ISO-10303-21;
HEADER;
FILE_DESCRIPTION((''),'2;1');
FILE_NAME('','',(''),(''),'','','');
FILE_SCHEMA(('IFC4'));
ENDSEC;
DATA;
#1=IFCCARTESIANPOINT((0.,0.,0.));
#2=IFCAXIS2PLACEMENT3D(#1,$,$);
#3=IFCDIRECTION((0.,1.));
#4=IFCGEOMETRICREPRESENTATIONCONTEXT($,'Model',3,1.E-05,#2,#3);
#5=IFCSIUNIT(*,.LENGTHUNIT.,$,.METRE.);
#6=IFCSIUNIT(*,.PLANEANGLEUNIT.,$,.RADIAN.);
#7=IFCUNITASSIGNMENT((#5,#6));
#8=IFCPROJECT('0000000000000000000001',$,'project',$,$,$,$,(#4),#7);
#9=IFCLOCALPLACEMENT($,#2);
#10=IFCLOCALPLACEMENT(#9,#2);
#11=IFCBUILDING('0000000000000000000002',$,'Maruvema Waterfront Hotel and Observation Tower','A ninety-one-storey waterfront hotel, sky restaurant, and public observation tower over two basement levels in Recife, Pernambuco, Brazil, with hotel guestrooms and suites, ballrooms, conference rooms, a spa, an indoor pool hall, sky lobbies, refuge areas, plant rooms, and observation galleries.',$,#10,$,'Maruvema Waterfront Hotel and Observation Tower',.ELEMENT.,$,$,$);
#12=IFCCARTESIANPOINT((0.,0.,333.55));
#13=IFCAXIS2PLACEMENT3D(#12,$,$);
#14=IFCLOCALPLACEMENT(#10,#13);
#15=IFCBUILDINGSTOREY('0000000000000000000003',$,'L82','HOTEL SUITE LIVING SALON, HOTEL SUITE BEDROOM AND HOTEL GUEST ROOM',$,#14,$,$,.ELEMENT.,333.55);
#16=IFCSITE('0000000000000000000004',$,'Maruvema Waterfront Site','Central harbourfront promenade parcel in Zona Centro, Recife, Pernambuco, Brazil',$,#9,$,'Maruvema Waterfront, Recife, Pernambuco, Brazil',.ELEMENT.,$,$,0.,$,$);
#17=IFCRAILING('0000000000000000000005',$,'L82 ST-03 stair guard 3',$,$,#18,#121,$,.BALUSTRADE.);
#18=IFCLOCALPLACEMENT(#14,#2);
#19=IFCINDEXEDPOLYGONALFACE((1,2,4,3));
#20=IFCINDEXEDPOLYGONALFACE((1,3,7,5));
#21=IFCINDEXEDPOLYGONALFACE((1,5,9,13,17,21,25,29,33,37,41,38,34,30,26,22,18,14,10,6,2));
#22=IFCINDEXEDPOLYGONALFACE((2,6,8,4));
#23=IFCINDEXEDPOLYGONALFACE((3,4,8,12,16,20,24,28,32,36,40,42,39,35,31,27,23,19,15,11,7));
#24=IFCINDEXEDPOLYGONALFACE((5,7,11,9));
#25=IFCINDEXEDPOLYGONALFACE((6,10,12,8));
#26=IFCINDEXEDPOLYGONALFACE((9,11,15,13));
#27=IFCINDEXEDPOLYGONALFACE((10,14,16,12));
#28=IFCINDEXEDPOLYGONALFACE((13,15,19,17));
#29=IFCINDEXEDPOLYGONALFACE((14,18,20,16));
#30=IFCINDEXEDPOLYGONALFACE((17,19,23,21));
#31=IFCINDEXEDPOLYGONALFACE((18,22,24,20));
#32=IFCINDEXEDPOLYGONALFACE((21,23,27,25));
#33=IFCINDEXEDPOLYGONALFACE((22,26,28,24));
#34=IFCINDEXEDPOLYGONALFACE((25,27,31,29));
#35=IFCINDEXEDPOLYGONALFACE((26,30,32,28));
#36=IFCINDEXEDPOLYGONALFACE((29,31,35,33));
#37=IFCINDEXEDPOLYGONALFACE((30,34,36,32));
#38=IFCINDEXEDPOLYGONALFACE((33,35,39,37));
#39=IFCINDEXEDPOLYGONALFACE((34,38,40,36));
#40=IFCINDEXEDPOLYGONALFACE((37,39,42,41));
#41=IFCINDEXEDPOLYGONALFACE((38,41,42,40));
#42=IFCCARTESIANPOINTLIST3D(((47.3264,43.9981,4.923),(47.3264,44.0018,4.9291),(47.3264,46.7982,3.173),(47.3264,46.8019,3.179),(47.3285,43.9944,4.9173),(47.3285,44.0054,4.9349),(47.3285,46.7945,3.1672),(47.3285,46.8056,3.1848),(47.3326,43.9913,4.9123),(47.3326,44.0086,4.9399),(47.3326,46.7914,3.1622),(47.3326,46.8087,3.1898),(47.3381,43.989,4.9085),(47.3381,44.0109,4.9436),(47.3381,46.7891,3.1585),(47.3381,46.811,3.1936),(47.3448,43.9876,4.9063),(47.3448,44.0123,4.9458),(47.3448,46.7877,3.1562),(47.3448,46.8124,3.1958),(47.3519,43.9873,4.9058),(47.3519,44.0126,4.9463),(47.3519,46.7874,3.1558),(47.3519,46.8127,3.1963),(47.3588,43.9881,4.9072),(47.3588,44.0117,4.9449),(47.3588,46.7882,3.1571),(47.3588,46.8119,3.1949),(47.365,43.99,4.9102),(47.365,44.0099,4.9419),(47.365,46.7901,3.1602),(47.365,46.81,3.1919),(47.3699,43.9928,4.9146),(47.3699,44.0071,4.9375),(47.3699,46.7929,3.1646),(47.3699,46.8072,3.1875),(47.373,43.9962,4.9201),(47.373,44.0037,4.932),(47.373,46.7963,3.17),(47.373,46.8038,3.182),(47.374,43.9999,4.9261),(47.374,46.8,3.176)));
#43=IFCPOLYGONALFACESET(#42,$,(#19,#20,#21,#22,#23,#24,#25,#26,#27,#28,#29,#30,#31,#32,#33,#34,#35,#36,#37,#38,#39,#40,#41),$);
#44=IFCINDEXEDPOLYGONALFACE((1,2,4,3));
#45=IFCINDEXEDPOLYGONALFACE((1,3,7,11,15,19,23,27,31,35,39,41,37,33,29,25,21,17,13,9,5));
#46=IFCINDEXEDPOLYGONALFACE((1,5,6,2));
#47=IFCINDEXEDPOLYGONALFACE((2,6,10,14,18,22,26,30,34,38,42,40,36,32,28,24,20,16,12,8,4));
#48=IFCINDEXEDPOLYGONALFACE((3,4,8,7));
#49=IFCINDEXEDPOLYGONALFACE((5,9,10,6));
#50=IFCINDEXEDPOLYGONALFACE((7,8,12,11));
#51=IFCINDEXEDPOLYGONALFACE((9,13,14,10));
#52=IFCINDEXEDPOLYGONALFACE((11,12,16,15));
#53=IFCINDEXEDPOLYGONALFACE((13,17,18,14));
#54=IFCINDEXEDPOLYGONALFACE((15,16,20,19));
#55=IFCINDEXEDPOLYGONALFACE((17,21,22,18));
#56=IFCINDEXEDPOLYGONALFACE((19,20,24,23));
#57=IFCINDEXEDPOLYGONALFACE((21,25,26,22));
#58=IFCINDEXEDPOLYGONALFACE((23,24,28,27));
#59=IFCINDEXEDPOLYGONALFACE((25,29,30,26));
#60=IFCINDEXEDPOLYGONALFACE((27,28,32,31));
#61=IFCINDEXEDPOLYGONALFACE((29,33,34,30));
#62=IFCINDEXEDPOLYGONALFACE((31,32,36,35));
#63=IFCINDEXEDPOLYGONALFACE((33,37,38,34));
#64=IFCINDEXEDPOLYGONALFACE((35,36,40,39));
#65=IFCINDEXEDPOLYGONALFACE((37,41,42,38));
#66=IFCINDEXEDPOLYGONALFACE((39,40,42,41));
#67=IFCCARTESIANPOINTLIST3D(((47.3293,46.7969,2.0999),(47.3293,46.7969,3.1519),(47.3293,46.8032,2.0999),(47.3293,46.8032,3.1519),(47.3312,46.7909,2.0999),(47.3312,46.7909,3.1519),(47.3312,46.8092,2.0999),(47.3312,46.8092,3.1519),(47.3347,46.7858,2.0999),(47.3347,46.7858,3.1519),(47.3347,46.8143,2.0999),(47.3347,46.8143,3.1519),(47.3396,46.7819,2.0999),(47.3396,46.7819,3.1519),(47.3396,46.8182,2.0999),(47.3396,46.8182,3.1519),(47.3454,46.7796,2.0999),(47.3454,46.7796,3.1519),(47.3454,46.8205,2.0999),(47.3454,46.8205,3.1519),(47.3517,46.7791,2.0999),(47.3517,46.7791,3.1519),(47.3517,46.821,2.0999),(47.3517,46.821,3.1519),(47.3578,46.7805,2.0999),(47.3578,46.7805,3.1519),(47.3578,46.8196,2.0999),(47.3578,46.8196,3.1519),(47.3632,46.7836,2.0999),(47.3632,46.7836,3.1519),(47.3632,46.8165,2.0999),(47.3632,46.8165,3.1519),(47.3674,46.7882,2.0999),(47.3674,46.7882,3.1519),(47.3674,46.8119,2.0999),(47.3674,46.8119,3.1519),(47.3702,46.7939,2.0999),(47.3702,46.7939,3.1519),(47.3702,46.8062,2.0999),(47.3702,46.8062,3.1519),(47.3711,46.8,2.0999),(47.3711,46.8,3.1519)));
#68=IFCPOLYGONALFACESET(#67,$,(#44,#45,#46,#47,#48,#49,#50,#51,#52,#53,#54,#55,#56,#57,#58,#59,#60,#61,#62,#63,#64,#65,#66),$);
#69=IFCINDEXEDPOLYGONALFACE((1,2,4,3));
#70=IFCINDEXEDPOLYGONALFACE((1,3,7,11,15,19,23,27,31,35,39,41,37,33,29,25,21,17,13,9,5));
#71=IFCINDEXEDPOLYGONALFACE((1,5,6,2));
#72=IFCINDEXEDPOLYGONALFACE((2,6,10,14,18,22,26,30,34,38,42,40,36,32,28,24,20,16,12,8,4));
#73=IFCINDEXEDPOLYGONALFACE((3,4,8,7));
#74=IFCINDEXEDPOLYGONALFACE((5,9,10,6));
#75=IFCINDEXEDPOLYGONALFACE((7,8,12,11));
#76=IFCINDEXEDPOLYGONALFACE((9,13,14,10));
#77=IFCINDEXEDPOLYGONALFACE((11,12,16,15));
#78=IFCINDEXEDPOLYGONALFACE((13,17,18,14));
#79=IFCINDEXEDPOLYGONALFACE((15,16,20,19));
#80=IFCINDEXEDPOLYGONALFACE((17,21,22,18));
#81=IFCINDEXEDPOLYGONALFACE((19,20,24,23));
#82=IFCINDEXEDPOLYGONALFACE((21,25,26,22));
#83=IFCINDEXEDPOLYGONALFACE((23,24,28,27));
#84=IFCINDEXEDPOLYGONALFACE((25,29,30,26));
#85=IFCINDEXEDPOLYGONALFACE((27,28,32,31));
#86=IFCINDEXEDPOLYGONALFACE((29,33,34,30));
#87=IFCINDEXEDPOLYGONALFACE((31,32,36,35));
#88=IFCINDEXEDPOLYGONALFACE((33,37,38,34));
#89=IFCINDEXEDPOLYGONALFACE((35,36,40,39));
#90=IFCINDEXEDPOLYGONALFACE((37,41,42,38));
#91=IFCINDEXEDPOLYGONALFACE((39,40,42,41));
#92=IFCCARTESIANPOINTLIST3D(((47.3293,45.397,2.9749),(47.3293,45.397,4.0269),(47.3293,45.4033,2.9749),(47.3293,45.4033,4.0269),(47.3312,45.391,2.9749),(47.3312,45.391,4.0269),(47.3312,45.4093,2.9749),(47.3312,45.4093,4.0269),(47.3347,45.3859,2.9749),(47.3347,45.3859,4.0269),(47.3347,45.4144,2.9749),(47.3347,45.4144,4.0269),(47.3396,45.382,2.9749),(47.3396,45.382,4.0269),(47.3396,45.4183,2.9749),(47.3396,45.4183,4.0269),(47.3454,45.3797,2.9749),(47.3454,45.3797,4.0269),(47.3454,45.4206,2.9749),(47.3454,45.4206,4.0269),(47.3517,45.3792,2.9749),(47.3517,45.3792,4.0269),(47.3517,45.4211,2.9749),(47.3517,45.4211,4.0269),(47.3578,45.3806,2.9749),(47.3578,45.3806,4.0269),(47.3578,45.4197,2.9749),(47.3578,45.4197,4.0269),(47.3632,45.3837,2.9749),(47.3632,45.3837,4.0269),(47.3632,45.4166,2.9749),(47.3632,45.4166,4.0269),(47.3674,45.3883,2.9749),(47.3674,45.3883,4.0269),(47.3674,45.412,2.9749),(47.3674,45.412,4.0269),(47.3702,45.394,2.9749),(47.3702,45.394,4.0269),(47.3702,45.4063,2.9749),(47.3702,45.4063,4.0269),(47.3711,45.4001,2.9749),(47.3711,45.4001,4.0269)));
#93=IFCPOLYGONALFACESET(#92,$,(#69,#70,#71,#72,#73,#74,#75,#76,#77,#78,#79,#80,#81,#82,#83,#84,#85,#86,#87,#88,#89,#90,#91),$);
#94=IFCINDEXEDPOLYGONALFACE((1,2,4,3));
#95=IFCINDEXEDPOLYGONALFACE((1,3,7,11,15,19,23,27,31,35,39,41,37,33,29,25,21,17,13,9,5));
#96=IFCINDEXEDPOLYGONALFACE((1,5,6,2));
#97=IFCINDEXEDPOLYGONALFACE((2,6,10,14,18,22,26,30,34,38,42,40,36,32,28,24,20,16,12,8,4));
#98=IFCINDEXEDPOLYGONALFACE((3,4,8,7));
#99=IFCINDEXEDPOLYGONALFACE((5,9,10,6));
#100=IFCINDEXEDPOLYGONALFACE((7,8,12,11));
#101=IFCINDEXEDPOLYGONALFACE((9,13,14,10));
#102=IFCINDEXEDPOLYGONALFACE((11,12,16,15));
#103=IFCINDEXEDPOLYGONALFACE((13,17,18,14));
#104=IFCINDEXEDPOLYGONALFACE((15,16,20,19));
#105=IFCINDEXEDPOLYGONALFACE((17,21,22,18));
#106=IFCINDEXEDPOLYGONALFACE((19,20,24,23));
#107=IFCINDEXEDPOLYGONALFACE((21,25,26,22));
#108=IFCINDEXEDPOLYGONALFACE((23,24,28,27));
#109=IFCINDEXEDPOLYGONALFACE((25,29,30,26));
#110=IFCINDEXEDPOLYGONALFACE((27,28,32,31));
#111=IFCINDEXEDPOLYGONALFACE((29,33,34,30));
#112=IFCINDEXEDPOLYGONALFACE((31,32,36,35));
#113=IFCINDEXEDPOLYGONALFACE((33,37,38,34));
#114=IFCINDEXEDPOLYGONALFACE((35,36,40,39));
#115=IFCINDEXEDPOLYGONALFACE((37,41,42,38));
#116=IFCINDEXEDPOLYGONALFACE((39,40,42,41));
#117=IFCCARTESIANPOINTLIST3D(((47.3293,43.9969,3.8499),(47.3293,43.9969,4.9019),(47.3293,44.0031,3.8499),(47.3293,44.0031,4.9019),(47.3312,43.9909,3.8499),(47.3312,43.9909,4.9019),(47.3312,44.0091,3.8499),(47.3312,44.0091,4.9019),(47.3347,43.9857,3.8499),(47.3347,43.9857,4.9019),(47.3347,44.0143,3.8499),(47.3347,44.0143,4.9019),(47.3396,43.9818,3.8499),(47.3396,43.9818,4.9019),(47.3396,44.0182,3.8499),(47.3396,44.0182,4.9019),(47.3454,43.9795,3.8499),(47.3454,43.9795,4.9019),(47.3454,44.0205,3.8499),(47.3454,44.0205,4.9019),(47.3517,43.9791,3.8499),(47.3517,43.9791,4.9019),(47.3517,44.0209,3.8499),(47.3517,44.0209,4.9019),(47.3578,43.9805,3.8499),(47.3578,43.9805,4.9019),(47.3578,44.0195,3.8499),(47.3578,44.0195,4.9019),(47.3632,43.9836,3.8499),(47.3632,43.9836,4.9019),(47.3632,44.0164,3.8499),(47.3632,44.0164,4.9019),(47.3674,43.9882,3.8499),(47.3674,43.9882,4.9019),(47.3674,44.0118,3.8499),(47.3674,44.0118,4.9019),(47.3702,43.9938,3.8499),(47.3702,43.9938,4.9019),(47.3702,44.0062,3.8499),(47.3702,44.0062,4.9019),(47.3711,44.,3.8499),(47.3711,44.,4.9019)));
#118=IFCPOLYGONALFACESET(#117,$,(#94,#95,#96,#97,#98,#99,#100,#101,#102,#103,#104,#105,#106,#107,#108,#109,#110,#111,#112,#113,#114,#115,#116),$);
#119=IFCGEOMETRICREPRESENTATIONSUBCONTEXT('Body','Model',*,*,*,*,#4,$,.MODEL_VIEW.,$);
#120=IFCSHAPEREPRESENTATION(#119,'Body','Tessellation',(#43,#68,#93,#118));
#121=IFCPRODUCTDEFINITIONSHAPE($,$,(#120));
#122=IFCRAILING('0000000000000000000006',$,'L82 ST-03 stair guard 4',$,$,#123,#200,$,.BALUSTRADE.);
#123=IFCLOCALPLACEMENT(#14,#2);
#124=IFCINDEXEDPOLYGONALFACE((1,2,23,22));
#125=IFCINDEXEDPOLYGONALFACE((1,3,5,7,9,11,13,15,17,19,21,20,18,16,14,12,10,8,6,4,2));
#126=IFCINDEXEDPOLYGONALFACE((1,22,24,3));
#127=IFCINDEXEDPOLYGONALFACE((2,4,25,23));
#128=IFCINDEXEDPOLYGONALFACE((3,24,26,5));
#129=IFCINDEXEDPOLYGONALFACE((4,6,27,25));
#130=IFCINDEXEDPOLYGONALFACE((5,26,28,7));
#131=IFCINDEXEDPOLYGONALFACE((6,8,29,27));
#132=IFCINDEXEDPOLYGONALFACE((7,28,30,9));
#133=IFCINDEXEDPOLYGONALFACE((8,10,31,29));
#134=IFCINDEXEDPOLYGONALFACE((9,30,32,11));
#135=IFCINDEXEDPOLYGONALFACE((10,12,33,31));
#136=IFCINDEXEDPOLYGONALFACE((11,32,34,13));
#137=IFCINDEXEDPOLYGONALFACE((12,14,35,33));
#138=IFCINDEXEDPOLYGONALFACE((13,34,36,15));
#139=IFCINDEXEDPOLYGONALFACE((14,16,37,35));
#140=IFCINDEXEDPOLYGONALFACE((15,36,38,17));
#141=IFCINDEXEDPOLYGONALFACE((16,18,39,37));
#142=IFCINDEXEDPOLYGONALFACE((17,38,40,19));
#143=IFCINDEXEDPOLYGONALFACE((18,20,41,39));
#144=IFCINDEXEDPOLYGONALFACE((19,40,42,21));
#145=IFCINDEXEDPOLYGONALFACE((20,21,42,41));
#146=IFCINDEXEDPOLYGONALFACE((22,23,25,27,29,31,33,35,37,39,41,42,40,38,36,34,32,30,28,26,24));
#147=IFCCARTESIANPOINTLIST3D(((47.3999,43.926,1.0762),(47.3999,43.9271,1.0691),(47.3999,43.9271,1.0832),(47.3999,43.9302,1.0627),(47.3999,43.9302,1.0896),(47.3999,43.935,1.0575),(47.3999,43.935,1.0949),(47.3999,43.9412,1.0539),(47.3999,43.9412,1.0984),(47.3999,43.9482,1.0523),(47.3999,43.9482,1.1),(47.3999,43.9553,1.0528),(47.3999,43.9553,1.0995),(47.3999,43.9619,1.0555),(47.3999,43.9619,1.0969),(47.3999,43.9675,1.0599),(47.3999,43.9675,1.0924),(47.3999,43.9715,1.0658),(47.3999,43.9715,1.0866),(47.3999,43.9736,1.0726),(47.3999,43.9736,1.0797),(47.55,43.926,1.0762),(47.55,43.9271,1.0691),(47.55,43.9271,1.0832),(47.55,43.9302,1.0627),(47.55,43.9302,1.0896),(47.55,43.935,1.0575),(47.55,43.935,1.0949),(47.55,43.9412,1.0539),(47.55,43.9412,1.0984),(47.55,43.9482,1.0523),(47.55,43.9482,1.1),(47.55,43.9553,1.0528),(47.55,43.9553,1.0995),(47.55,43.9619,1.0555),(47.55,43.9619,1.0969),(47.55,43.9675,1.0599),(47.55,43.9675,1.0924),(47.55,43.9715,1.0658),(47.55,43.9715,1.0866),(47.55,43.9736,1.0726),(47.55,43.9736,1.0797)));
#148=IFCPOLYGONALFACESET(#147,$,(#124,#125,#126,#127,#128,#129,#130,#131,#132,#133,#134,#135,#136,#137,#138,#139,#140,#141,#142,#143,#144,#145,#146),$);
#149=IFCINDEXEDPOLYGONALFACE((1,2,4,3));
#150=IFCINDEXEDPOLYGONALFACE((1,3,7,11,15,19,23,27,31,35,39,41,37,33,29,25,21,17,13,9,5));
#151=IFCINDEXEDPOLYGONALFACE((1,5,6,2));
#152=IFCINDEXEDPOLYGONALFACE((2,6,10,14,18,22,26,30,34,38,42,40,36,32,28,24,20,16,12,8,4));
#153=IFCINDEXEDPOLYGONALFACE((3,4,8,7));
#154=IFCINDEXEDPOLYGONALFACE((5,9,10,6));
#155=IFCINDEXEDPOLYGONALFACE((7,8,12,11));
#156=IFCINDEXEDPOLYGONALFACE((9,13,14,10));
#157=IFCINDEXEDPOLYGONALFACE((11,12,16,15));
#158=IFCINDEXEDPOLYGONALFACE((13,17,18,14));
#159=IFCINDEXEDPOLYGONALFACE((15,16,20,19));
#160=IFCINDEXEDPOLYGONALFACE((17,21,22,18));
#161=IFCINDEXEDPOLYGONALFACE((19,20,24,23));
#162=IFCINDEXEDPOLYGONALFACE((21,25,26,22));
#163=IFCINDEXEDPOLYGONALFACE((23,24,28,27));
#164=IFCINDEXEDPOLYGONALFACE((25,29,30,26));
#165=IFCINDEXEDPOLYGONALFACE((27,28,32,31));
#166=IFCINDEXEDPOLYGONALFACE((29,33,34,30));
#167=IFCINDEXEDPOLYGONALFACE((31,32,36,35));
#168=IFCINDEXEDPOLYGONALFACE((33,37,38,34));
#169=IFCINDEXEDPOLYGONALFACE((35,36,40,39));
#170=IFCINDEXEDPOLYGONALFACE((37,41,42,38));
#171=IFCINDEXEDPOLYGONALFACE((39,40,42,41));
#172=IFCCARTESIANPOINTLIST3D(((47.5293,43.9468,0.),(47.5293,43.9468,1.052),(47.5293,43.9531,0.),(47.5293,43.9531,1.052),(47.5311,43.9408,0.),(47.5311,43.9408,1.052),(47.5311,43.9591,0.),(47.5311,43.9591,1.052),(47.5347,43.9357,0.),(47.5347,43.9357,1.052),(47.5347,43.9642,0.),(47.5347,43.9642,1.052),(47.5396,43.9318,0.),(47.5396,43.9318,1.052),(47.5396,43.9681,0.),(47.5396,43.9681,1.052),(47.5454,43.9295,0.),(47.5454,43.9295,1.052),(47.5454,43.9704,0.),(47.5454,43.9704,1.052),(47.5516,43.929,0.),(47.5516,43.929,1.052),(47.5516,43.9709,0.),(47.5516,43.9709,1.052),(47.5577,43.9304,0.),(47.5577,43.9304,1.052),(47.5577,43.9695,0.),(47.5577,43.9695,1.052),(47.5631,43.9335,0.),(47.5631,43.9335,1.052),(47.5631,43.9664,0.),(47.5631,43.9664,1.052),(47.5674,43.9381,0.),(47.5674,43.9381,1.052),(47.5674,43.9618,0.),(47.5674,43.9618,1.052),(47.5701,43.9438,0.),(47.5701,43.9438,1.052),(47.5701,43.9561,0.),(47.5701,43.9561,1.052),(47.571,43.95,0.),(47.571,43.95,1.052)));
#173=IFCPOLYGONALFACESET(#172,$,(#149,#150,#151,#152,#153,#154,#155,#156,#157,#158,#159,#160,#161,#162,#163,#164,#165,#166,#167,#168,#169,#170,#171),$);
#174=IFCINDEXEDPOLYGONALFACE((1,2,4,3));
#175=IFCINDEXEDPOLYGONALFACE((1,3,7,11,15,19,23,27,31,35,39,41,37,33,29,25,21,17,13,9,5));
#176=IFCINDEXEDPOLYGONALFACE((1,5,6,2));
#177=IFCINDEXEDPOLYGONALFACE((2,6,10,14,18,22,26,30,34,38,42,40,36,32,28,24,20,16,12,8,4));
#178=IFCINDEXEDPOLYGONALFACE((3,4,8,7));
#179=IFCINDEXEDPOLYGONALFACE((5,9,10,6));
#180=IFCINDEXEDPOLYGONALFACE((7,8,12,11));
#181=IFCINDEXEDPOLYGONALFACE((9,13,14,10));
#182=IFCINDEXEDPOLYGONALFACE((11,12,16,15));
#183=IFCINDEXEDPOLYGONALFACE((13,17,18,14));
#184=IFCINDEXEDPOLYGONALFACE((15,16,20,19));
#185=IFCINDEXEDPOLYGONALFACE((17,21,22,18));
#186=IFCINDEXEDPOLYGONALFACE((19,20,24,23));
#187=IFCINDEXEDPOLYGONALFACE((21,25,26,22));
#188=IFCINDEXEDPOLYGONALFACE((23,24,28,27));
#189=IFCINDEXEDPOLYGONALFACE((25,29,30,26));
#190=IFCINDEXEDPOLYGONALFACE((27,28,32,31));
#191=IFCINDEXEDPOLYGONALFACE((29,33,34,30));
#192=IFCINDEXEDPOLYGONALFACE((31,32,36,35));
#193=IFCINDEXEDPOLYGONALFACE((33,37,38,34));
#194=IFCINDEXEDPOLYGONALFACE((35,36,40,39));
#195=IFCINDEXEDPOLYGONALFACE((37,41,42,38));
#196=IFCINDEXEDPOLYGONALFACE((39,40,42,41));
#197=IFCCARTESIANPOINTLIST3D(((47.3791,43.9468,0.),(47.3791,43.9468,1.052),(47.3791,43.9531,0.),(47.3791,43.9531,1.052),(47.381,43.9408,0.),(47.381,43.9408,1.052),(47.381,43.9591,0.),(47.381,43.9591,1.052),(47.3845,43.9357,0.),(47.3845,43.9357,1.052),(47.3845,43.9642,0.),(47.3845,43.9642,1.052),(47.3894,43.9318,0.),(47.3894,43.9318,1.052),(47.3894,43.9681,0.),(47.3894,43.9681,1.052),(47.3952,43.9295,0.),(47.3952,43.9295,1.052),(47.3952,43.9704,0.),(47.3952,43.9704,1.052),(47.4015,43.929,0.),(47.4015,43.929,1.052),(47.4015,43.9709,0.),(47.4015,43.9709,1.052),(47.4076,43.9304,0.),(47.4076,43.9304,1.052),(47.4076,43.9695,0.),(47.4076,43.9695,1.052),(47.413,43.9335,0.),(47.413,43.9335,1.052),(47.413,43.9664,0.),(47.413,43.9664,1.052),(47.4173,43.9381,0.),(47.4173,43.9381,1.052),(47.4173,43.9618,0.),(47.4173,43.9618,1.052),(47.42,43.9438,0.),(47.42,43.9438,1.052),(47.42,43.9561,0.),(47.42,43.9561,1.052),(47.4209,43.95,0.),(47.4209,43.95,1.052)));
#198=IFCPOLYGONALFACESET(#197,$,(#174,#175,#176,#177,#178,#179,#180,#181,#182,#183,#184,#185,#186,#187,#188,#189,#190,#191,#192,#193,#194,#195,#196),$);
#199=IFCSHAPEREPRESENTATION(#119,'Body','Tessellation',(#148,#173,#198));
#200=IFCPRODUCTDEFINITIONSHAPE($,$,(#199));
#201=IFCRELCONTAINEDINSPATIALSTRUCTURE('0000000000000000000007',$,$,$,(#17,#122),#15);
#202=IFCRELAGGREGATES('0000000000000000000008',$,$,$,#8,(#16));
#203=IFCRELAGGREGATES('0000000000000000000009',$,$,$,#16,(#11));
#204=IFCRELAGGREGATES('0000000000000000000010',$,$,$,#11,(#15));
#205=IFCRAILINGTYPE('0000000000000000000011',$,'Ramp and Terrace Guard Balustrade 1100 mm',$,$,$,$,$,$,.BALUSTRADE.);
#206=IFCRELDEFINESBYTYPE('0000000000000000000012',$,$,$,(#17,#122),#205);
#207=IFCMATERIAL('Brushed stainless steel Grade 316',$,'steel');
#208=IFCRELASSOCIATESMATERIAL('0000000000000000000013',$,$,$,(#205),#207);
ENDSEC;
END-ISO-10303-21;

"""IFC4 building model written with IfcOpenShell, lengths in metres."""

from ifc_helpers import new_model, si_unit, direction, frame, origin, origin_2d, place, context, subcontext, project, spatial, circle, extrude, material, type_object, element, save


model = new_model("IFC4")

# Units and contexts
model_context = context("Model", 3, precision=1e-05, world=origin(), true_north=direction((0.0, 1.0)))
body_context = subcontext(model_context, "Body", "Model", "MODEL_VIEW")
ifc_project = project(units=[si_unit("LENGTHUNIT", "METRE"), si_unit("PLANEANGLEUNIT", "RADIAN")], contexts=[model_context])

# Site, building, storey
site_placement = place(None, origin())
site = spatial("IfcSite", under=ifc_project, at=site_placement, Name="Maruvema Waterfront Site", Description="Central harbourfront promenade parcel in Zona Centro, Recife, Pernambuco, Brazil", LongName="Maruvema Waterfront, Recife, Pernambuco, Brazil", CompositionType="ELEMENT", RefElevation=0.0)
building_placement = place(site_placement, origin())
building = spatial("IfcBuilding", under=site, at=building_placement, Name="Maruvema Waterfront Hotel and Observation Tower", Description="A ninety-one-storey waterfront hotel, sky restaurant, and public observation tower over two basement levels in Recife, Pernambuco, Brazil, with hotel guestrooms and suites, ballrooms, conference rooms, a spa, an indoor pool hall, sky lobbies, refuge areas, plant rooms, and observation galleries.", LongName="Maruvema Waterfront Hotel and Observation Tower", CompositionType="ELEMENT")
storey_placement = place(building_placement, frame((0.0, 0.0, 333.55)))
storey = spatial("IfcBuildingStorey", under=building, at=storey_placement, Name="L82", Description="HOTEL SUITE LIVING SALON, HOTEL SUITE BEDROOM AND HOTEL GUEST ROOM", CompositionType="ELEMENT", Elevation=333.55)

# Railings
ifc_material_1 = material(Name="Brushed stainless steel Grade 316", Category="steel")
railing_type_1 = type_object("IfcRailingType", Name="Ramp and Terrace Guard Balustrade 1100 mm", PredefinedType="BALUSTRADE", material=ifc_material_1)
railing_1_placement = place(storey_placement, frame((47.3501, 46.8, 2.0999)))
element("IfcRailing", 1, at=railing_1_placement, inside=storey, type_object=railing_type_1, Name="L82 ST-03 stair guard 3", PredefinedType="BALUSTRADE", context=body_context, shape_type="SweptSolid", body=[
    extrude(circle(Radius=0.0239, at=origin_2d()), frame((0.0, 0.0, 1.0762), z_axis=(0.0, -0.848002, 0.529992), x_axis=(1.0, 0.0, 0.0)), (0.0, 0.0, 1.0), 3.302),
    extrude(circle(Radius=0.021, at=origin_2d()), origin(), (0.0, 0.0, 1.0), 1.052),
    extrude(circle(Radius=0.021, at=origin_2d()), frame((0.0, -1.3999, 0.875)), (0.0, 0.0, 1.0), 1.052),
    extrude(circle(Radius=0.021, at=origin_2d()), frame((0.0, -2.8, 1.75)), (0.0, 0.0, 1.0), 1.052),
])
railing_2_placement = place(storey_placement, frame((47.55, 43.95, 0.0)))
element("IfcRailing", 2, at=railing_2_placement, inside=storey, type_object=railing_type_1, Name="L82 ST-03 stair guard 4", PredefinedType="BALUSTRADE", context=body_context, shape_type="SweptSolid", body=[
    extrude(circle(Radius=0.0239, at=origin_2d()), frame((0.0, 0.0, 1.0762), z_axis=(-1.0, 0.0, 0.0), x_axis=(0.0, -1.0, 0.0)), (0.0, 0.0, 1.0), 0.1501),
    extrude(circle(Radius=0.021, at=origin_2d()), origin(), (0.0, 0.0, 1.0), 1.052),
    extrude(circle(Radius=0.021, at=origin_2d()), frame((-0.1501, 0.0, 0.0)), (0.0, 0.0, 1.0), 1.052),
])

save(model, "model.ifc")
